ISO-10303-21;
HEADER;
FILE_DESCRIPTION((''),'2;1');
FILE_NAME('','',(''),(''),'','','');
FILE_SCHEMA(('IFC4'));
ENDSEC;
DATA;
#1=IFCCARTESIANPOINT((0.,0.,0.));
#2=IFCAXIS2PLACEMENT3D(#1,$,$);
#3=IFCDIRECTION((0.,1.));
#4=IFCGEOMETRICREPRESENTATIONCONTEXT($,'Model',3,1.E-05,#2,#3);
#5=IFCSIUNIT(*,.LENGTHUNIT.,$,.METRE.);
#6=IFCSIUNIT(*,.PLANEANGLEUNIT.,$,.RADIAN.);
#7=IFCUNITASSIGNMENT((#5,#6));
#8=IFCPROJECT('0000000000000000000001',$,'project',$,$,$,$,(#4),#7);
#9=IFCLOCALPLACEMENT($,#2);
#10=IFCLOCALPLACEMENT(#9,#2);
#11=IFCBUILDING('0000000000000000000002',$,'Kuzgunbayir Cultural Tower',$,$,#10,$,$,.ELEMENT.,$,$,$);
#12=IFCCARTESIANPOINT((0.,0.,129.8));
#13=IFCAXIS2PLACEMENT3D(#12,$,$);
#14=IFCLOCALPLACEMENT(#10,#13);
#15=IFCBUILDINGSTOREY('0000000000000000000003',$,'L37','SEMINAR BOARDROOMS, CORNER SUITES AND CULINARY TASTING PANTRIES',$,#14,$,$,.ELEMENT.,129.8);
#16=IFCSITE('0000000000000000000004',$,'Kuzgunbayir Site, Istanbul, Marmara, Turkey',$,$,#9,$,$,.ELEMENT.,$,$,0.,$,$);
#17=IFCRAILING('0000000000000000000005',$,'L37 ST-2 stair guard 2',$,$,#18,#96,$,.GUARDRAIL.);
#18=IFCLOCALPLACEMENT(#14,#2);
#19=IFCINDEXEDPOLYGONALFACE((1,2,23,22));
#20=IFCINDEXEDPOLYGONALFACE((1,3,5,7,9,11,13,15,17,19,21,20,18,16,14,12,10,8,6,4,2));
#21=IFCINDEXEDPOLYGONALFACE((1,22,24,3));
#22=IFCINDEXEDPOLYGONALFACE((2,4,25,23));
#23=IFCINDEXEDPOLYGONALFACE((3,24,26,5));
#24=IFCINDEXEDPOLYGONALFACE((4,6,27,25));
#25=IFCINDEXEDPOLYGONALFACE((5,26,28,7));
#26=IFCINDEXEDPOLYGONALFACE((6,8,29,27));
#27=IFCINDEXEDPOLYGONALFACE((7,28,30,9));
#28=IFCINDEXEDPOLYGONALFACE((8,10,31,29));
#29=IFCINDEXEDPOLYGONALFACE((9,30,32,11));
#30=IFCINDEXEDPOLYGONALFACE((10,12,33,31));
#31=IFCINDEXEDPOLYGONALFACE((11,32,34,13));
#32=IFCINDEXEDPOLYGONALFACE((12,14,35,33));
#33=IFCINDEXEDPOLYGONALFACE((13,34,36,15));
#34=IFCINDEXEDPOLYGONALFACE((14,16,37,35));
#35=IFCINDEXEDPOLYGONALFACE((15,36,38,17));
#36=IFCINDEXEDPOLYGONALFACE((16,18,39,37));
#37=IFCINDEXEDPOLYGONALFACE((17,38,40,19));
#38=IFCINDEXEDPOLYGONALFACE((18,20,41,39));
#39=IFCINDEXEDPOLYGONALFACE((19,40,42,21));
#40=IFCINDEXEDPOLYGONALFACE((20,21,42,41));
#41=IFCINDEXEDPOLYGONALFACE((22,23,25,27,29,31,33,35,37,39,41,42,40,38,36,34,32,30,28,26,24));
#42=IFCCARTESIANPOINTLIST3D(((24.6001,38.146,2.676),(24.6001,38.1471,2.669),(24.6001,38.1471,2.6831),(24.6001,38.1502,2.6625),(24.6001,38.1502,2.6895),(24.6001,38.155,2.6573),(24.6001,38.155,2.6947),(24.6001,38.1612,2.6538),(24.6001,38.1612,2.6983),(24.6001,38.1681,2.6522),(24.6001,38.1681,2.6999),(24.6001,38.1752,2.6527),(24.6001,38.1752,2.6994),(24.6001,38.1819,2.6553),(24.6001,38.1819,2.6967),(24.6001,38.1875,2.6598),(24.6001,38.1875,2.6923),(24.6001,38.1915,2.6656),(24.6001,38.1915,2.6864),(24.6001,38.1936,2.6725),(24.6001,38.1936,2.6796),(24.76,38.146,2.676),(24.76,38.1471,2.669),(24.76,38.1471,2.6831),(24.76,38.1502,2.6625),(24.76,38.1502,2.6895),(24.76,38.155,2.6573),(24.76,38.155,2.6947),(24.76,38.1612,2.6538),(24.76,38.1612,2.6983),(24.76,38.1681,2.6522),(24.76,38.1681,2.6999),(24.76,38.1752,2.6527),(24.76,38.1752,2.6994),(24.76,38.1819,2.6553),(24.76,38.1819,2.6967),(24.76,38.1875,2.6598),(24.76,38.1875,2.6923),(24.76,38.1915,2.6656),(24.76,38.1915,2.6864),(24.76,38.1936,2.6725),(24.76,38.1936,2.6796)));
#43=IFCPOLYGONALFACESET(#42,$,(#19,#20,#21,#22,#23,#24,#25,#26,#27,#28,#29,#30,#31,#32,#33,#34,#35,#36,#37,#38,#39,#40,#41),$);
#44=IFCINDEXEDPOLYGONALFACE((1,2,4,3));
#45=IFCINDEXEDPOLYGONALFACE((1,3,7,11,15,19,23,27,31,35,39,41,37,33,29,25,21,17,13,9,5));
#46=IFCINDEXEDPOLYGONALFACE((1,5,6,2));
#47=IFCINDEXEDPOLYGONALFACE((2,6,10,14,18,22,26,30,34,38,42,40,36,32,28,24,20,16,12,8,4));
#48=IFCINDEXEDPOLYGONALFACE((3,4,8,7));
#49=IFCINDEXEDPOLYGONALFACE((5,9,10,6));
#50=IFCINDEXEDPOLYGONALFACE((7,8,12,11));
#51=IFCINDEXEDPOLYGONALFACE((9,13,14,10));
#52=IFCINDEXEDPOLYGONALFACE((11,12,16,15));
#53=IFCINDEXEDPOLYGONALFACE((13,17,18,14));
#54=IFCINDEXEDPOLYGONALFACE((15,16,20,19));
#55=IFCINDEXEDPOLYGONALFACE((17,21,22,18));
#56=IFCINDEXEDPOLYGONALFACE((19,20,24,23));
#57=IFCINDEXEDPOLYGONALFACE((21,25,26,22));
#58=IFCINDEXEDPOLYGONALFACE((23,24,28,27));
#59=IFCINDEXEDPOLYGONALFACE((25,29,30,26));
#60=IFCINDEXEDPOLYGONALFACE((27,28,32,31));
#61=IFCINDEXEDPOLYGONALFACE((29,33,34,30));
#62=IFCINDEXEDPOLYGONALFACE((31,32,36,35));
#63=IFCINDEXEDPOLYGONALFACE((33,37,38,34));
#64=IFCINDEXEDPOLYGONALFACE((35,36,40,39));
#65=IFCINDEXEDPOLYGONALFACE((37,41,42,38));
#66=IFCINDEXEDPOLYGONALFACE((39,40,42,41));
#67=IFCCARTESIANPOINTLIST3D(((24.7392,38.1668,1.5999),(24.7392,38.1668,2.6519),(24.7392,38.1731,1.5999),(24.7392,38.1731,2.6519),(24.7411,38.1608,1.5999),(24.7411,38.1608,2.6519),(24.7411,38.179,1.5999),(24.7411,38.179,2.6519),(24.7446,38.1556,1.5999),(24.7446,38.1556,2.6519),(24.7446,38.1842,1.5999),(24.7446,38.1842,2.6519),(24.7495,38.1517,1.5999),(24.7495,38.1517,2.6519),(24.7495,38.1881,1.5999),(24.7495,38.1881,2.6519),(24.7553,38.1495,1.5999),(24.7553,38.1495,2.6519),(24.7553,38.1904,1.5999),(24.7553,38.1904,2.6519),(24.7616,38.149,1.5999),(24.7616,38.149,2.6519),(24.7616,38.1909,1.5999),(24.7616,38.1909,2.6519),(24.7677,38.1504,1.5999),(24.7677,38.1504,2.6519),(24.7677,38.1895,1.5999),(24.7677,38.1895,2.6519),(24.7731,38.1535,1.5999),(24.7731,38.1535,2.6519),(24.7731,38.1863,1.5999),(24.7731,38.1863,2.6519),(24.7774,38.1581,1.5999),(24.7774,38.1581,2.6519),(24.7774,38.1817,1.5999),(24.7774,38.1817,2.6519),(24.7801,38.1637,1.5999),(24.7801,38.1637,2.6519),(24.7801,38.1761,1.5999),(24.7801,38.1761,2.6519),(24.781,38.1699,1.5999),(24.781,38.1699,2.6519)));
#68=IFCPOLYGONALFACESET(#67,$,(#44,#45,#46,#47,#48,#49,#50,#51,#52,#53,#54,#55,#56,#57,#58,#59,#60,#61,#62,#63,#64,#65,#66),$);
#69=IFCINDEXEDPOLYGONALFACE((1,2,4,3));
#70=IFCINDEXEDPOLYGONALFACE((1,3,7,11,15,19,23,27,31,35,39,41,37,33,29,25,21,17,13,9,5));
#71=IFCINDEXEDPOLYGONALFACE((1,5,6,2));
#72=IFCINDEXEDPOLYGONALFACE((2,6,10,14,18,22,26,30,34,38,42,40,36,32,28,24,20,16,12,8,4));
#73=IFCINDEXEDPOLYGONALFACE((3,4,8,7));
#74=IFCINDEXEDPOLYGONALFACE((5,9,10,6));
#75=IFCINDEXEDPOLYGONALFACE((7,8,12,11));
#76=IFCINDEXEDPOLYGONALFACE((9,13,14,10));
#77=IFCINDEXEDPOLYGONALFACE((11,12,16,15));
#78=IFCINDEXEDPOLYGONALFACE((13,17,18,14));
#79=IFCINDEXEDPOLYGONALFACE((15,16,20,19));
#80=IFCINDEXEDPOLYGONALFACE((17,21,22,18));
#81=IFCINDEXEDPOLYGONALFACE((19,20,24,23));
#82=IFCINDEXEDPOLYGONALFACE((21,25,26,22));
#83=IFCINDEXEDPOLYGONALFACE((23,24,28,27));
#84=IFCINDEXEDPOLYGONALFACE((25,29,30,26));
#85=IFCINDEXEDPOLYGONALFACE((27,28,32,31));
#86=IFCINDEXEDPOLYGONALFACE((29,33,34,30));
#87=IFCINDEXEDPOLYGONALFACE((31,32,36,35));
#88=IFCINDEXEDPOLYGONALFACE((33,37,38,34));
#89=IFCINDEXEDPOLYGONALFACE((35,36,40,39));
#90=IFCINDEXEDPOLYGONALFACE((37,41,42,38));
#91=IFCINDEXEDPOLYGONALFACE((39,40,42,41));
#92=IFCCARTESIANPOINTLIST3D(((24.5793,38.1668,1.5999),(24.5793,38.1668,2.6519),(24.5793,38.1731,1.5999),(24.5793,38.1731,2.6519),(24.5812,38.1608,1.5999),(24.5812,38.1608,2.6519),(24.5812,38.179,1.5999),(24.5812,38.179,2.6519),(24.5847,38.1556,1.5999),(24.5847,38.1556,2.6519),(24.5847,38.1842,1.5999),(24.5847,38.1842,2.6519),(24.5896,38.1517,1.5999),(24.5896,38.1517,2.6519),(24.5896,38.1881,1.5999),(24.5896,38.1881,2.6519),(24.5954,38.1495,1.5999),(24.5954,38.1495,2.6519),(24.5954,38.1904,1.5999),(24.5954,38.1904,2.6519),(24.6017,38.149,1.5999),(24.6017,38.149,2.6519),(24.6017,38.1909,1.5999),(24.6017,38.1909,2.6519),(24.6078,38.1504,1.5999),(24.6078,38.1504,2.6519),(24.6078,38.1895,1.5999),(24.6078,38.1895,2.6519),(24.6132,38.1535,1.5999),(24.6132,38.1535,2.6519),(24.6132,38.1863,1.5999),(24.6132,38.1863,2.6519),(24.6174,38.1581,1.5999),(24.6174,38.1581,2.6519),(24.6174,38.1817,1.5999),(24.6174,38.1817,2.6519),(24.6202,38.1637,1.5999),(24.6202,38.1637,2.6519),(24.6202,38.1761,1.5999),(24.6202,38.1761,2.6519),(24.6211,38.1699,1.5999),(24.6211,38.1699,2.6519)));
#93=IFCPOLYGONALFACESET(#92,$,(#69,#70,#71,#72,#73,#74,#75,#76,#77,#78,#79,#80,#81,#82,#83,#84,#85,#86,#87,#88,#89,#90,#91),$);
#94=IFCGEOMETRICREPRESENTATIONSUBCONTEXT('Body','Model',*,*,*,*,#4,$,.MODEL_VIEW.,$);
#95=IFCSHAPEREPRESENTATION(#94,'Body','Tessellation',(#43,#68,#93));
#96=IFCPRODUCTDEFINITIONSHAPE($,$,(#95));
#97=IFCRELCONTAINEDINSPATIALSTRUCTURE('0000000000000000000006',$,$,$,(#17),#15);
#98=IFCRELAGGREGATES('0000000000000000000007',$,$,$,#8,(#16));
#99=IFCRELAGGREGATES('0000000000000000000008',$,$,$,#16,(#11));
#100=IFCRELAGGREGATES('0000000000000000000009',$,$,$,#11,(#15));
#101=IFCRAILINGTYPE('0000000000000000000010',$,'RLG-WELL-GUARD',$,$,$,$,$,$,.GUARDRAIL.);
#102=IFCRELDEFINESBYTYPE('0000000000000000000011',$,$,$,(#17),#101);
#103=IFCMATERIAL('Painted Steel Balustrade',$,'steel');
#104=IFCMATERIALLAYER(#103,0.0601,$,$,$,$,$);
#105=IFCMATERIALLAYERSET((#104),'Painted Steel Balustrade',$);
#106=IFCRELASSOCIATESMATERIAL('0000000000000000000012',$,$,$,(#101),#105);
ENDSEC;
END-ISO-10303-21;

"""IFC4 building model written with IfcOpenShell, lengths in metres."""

from ifc_helpers import new_model, si_unit, direction, frame, origin, origin_2d, place, context, subcontext, project, spatial, circle, extrude, material, layer, layer_set, type_object, element, save


model = new_model("IFC4")

# Units and contexts
model_context = context("Model", 3, precision=1e-05, world=origin(), true_north=direction((0.0, 1.0)))
body_context = subcontext(model_context, "Body", "Model", "MODEL_VIEW")
ifc_project = project(units=[si_unit("LENGTHUNIT", "METRE"), si_unit("PLANEANGLEUNIT", "RADIAN")], contexts=[model_context])

# Site, building, storey
site_placement = place(None, origin())
site = spatial("IfcSite", under=ifc_project, at=site_placement, Name="Kuzgunbayir Site, Istanbul, Marmara, Turkey", CompositionType="ELEMENT", RefElevation=0.0)
building_placement = place(site_placement, origin())
building = spatial("IfcBuilding", under=site, at=building_placement, Name="Kuzgunbayir Cultural Tower", CompositionType="ELEMENT")
storey_placement = place(building_placement, frame((0.0, 0.0, 129.8)))
storey = spatial("IfcBuildingStorey", under=building, at=storey_placement, Name="L37", Description="SEMINAR BOARDROOMS, CORNER SUITES AND CULINARY TASTING PANTRIES", CompositionType="ELEMENT", Elevation=129.8)

# Railing
ifc_material_1 = material(Name="Painted Steel Balustrade", Category="steel")
ifc_layer_1 = layer(ifc_material_1, 0.0601)
ifc_layer_set_1 = layer_set([ifc_layer_1], Name="Painted Steel Balustrade")
railing_type_1 = type_object("IfcRailingType", Name="RLG-WELL-GUARD", PredefinedType="GUARDRAIL", material=ifc_layer_set_1)
railing_1_placement = place(storey_placement, frame((24.76, 38.1699, 1.5999)))
element("IfcRailing", 1, at=railing_1_placement, inside=storey, type_object=railing_type_1, Name="L37 ST-2 stair guard 2", PredefinedType="GUARDRAIL", context=body_context, shape_type="SweptSolid", body=[
    extrude(circle(Radius=0.0239, at=origin_2d()), frame((0.0, 0.0, 1.0762), z_axis=(-1.0, 0.0, 0.0), x_axis=(0.0, -1.0, 0.0)), (0.0, 0.0, 1.0), 0.1599),
    extrude(circle(Radius=0.021, at=origin_2d()), origin(), (0.0, 0.0, 1.0), 1.052),
    extrude(circle(Radius=0.021, at=origin_2d()), frame((-0.1599, 0.0, 0.0)), (0.0, 0.0, 1.0), 1.052),
])

save(model, "model.ifc")
